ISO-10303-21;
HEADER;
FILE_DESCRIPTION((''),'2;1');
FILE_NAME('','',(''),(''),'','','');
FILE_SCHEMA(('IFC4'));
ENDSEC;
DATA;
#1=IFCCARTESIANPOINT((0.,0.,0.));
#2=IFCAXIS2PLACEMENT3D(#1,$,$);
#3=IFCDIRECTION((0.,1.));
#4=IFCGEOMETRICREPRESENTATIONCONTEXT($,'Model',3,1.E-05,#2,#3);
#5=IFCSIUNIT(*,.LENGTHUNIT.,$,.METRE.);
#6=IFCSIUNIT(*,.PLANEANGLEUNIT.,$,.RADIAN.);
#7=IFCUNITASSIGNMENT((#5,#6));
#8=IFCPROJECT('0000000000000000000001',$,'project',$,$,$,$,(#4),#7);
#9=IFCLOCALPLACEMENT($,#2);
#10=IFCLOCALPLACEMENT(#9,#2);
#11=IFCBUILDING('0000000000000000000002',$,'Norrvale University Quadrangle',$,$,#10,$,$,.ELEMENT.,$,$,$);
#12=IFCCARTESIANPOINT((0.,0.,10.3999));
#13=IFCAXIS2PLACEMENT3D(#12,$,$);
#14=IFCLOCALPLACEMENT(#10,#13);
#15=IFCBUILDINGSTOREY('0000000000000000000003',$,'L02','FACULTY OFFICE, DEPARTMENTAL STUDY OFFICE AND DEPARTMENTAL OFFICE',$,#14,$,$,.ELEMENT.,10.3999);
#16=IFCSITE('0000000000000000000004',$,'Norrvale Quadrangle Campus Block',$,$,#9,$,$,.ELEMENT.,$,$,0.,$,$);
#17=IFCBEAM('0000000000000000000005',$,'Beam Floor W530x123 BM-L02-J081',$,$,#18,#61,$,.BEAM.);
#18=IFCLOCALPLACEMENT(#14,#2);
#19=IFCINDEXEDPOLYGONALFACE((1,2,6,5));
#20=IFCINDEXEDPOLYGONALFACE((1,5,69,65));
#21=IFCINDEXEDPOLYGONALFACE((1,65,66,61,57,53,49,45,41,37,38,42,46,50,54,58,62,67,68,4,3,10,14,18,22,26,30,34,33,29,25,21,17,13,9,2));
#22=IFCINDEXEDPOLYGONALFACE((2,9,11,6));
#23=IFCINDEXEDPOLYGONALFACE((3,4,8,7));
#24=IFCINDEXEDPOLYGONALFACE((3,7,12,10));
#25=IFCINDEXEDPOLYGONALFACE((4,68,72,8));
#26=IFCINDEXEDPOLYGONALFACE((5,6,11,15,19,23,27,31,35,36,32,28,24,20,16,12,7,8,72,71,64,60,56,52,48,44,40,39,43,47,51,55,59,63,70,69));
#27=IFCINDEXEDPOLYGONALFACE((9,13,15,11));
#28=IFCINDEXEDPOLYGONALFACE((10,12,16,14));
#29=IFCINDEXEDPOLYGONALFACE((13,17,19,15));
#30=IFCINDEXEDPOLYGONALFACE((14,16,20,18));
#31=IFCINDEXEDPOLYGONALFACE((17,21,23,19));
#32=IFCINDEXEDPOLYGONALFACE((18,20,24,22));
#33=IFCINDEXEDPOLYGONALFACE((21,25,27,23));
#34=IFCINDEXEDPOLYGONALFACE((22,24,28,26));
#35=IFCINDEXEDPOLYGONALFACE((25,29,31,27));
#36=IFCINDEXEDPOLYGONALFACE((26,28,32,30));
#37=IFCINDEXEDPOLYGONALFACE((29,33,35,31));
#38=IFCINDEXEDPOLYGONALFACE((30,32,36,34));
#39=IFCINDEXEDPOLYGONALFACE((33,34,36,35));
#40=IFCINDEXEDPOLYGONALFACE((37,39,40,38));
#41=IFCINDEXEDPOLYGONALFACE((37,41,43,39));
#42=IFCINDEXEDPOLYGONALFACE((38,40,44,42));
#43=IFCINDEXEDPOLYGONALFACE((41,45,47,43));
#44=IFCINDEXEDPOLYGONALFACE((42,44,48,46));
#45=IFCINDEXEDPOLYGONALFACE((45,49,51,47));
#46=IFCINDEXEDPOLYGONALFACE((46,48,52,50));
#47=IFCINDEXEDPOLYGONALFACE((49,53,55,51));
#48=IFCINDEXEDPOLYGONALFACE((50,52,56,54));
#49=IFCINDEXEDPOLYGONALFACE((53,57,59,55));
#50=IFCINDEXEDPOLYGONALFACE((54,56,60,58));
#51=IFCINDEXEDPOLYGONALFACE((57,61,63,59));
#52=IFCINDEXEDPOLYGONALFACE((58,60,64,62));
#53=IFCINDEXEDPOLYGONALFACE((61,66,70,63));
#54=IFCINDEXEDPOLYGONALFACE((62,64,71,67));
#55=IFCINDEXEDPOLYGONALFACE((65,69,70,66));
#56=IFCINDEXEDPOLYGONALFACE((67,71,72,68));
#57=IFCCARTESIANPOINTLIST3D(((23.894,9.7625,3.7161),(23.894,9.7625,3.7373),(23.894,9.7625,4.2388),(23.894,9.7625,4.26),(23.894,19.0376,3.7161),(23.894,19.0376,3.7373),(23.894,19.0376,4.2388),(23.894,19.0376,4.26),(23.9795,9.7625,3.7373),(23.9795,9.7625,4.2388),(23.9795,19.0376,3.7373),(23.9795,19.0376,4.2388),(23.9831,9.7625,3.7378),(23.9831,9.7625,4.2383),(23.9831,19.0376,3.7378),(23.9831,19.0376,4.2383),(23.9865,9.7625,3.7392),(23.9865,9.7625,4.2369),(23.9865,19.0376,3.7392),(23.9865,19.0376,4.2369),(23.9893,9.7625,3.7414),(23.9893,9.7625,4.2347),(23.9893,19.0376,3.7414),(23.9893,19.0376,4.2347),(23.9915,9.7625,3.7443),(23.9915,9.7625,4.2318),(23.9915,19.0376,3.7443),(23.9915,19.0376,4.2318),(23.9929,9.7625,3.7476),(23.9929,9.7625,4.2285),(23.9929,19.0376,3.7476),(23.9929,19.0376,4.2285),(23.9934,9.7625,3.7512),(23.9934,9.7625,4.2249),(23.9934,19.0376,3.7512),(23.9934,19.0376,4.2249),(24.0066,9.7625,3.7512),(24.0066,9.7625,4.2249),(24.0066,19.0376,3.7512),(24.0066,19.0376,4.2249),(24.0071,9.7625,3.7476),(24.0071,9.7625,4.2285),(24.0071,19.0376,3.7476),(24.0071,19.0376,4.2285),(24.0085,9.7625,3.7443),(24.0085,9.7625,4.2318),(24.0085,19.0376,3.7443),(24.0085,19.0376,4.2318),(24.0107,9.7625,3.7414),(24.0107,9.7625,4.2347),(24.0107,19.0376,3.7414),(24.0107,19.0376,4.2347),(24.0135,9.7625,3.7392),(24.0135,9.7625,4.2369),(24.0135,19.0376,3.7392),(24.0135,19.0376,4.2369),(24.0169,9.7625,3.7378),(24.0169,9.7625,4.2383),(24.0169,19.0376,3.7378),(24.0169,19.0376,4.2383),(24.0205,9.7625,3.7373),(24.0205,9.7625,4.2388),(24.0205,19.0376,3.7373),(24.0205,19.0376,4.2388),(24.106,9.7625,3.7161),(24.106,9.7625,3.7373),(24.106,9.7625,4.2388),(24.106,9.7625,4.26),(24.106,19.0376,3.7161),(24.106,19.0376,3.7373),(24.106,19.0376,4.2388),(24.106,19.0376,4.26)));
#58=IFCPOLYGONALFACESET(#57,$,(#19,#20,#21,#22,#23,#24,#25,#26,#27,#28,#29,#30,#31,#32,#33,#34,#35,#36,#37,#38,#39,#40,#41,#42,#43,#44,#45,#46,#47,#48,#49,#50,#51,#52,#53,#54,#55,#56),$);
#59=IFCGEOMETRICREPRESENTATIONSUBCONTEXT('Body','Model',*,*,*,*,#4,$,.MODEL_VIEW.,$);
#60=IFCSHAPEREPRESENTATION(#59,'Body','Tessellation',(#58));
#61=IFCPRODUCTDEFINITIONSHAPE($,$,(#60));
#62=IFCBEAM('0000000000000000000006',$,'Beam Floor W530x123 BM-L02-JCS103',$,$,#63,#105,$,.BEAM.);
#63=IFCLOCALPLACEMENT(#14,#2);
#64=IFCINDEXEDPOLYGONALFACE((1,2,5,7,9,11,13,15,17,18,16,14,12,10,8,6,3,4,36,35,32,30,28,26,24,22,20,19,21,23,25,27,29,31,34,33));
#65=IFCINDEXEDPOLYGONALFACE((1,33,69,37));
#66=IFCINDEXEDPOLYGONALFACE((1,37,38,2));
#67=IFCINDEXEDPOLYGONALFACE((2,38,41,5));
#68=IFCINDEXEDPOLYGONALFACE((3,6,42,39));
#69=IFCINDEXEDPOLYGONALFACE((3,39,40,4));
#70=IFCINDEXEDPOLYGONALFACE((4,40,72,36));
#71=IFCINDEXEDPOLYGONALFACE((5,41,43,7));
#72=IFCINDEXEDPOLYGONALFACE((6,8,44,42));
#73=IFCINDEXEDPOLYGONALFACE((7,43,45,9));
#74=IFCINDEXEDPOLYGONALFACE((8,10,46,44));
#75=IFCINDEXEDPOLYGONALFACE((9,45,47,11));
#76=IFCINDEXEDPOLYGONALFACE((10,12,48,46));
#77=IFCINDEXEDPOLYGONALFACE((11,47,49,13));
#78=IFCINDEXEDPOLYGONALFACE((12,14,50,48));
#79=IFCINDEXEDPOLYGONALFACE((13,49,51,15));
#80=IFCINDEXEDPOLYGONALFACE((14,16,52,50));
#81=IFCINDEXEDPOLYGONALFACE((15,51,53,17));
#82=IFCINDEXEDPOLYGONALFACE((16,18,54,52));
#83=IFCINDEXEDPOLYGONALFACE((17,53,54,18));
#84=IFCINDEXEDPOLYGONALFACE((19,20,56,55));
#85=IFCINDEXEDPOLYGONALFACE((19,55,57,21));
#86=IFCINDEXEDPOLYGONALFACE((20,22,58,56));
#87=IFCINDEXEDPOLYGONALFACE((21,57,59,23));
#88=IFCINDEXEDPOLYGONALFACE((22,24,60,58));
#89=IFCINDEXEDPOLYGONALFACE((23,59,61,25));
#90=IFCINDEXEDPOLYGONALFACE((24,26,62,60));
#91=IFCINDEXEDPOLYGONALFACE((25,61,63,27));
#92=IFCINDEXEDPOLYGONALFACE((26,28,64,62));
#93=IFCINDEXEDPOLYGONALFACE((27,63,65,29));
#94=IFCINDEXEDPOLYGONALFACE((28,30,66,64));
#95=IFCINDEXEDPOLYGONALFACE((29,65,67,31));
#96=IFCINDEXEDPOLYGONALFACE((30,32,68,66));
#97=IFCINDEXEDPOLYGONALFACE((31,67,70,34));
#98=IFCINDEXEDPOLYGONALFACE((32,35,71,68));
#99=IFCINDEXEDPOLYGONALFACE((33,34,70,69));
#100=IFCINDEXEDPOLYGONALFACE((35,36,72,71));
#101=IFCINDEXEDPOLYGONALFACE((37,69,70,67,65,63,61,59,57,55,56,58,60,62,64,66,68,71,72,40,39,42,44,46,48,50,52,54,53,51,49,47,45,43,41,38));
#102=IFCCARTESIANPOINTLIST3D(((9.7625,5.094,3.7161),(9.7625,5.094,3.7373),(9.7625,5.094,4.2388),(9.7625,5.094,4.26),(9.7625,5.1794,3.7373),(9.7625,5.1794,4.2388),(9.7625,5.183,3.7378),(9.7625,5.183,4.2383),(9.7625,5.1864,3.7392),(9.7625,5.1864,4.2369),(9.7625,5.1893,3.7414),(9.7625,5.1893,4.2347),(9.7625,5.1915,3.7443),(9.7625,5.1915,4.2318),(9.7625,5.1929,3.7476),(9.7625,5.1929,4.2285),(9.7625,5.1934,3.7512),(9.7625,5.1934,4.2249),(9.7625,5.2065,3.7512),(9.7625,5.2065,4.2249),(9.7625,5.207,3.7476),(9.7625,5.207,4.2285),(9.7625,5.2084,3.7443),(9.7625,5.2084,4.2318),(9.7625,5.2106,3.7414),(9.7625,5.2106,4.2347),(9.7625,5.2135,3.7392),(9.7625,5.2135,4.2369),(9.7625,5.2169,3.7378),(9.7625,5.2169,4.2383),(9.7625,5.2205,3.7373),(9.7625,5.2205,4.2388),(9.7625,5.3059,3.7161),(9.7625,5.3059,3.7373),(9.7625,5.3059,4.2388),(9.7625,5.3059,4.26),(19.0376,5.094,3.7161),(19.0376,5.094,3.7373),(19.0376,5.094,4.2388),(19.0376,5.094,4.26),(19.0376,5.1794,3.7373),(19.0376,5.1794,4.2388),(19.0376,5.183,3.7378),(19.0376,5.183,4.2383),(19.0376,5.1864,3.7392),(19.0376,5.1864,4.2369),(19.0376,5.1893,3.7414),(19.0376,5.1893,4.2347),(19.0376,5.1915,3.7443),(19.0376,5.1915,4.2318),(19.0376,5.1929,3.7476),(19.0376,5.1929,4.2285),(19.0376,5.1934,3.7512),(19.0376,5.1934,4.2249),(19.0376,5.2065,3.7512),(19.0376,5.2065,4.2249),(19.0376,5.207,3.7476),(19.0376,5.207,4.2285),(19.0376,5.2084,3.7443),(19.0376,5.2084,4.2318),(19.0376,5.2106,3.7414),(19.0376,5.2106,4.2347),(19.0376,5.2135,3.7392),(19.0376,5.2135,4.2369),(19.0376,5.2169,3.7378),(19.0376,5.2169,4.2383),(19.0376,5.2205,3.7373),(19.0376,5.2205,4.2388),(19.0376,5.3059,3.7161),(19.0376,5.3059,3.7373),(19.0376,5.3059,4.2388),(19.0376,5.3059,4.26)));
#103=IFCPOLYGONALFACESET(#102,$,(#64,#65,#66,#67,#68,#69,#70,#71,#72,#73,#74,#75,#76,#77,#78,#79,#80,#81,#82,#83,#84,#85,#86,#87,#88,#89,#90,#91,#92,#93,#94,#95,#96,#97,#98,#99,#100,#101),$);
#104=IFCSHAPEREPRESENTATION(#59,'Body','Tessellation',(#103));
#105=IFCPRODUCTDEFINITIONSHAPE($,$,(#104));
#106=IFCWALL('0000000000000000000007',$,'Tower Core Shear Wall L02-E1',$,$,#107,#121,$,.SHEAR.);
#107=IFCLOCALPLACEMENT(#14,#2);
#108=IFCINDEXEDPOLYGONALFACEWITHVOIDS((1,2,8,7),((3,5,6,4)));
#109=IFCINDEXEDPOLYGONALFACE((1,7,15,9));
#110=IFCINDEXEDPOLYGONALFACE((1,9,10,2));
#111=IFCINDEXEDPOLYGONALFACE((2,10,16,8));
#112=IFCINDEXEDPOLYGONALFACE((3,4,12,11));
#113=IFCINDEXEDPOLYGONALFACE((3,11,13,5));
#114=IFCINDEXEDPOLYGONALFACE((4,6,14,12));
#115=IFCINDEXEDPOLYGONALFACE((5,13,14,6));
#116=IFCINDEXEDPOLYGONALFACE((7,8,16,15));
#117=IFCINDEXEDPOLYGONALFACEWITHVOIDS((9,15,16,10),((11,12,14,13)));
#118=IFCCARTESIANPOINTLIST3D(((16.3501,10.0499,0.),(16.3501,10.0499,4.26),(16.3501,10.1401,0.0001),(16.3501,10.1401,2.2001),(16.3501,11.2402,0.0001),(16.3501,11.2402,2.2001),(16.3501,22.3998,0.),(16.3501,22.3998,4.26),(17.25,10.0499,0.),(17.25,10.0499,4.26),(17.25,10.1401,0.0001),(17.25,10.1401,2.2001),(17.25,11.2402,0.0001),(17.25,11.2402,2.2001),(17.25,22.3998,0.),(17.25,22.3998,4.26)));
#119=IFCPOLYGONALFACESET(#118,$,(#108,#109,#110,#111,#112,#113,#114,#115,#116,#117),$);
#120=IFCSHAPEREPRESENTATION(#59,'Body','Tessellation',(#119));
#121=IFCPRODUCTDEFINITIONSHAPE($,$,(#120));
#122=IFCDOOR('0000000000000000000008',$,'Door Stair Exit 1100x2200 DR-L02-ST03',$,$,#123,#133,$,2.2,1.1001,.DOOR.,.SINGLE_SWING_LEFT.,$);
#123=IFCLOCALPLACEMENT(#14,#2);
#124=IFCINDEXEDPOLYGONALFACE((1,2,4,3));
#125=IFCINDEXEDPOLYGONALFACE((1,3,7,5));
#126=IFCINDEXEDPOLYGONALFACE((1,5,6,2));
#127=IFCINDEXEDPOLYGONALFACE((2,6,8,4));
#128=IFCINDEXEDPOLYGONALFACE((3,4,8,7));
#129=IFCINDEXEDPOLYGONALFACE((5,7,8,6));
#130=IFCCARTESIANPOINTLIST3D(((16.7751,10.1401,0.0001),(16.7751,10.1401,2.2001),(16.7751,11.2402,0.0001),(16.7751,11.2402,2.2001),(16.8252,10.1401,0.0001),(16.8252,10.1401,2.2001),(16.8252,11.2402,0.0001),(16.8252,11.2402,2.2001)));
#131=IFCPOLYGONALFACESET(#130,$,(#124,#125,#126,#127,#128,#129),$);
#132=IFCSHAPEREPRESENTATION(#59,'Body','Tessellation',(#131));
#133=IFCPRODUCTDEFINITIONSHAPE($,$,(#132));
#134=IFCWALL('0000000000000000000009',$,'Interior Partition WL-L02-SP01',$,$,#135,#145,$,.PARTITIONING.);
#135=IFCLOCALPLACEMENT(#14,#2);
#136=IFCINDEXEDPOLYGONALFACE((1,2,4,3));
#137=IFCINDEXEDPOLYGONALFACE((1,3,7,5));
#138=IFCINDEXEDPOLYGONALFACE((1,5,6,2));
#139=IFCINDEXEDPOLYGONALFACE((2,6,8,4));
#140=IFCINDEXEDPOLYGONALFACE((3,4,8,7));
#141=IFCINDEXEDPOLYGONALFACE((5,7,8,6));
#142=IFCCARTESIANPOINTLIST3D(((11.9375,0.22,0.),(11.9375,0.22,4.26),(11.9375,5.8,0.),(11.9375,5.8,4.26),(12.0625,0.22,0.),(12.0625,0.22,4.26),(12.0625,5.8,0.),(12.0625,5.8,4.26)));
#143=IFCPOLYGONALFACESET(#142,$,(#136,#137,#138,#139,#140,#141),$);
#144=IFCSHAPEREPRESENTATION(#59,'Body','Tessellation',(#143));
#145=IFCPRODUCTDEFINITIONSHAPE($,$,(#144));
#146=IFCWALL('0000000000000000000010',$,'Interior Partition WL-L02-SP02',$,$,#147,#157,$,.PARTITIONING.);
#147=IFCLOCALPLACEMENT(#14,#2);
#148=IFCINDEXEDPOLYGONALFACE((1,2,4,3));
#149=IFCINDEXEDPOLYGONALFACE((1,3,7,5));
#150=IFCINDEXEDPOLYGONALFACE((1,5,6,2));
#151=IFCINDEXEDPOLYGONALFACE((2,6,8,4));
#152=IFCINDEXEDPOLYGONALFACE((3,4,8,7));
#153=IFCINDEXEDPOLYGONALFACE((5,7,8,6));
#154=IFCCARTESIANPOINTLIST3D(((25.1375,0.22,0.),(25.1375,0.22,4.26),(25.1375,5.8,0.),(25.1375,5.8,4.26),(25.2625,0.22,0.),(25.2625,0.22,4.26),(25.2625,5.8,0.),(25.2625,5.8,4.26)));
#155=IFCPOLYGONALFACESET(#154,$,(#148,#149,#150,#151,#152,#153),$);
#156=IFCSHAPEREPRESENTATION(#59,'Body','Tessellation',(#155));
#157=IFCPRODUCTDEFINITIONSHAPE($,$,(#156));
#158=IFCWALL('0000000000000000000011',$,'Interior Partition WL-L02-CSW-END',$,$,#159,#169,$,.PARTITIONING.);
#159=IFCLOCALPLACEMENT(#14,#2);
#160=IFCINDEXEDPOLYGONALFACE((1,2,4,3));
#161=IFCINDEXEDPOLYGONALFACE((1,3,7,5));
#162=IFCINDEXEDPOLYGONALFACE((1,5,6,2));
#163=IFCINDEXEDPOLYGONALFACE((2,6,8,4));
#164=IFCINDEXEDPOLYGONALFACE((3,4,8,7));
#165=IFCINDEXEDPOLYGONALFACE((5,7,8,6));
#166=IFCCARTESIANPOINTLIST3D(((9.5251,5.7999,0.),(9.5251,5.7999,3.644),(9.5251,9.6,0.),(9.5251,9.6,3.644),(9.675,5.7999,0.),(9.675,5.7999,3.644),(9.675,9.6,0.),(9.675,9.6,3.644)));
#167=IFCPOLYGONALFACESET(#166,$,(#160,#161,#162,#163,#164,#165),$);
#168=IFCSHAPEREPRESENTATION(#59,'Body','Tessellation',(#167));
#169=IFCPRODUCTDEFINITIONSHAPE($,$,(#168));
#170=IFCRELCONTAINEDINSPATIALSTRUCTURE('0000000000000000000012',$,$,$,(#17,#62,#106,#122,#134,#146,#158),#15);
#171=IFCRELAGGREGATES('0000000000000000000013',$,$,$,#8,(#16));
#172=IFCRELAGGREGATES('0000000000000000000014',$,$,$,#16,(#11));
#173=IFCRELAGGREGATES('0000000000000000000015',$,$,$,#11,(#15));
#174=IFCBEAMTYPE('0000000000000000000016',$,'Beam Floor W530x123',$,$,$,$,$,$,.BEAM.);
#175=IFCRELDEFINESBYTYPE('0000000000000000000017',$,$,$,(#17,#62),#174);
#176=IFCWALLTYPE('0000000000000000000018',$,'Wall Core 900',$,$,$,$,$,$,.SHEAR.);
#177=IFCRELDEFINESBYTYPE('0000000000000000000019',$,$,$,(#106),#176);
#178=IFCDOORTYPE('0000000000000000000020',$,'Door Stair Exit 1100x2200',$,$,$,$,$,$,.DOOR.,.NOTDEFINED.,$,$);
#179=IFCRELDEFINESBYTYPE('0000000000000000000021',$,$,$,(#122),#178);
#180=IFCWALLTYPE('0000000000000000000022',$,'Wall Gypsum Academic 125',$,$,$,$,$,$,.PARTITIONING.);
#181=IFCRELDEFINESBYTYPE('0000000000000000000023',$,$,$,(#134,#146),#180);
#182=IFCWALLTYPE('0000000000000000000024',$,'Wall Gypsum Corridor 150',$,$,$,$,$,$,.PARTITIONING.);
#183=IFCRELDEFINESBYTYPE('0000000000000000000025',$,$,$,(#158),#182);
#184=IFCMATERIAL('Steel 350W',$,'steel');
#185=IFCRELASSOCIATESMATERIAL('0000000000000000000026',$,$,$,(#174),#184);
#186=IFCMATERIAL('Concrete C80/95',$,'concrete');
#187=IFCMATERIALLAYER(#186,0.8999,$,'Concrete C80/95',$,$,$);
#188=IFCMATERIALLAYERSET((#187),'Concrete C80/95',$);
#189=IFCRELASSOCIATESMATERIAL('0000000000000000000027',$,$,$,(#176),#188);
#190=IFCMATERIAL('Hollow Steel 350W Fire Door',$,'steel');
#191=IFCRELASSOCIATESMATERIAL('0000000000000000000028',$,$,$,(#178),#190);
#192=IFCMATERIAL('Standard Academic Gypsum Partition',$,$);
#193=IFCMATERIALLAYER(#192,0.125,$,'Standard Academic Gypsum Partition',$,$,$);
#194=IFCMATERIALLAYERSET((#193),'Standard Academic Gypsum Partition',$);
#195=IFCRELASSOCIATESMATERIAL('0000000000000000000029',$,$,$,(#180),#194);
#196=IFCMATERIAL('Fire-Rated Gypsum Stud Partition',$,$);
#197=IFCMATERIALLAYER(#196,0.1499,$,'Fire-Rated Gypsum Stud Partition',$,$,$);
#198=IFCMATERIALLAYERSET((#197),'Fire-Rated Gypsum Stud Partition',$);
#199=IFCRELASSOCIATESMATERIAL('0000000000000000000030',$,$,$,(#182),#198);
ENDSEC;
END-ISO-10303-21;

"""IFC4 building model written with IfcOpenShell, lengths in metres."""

from ifc_helpers import new_model, si_unit, direction, frame, frame_2d, origin, origin_2d, place, context, subcontext, project, spatial, rectangle, i_section, extrude, material, layer, layer_set, material_profile, profile_set, type_object, element, fill, save


model = new_model("IFC4")

# Units and contexts
model_context = context("Model", 3, precision=1e-05, world=origin(), true_north=direction((0.0, 1.0)))
body_context = subcontext(model_context, "Body", "Model", "MODEL_VIEW")
ifc_project = project(units=[si_unit("LENGTHUNIT", "METRE"), si_unit("PLANEANGLEUNIT", "RADIAN")], contexts=[model_context])

# Site, building, storey
site_placement = place(None, origin())
site = spatial("IfcSite", under=ifc_project, at=site_placement, Name="Norrvale Quadrangle Campus Block", CompositionType="ELEMENT", RefElevation=0.0)
building_placement = place(site_placement, origin())
building = spatial("IfcBuilding", under=site, at=building_placement, Name="Norrvale University Quadrangle", CompositionType="ELEMENT")
storey_placement = place(building_placement, frame((0.0, 0.0, 10.3999)))
storey = spatial("IfcBuildingStorey", under=building, at=storey_placement, Name="L02", Description="FACULTY OFFICE, DEPARTMENTAL STUDY OFFICE AND DEPARTMENTAL OFFICE", CompositionType="ELEMENT", Elevation=10.3999)

# Shared definitions
ifc_material_1 = material(Name="Concrete C80/95", Category="concrete")

# Beams
ifc_material_2 = material(Name="Steel 350W", Category="steel")
ifc_material_profile_1 = material_profile(ifc_material_2, i_section(OverallWidth=0.2119, OverallDepth=0.5439, WebThickness=0.0132, FlangeThickness=0.0212, FilletRadius=0.0139, at=origin_2d()), Name="Steel 350W")
ifc_profile_set_1 = profile_set([ifc_material_profile_1], Name="Steel 350W")
beam_type_1 = type_object("IfcBeamType", Name="Beam Floor W530x123", PredefinedType="BEAM", material=ifc_profile_set_1)
for number, where, z_axis, x_axis, name in (
    (1, (24.0, 9.7625, 3.988), (0.0, 1.0, 0.0), (-1.0, 0.0, 0.0), "Beam Floor W530x123 BM-L02-J081"),
    (2, (9.7625, 5.2, 3.988), (1.0, 0.0, 0.0), (0.0, 1.0, 0.0), "Beam Floor W530x123 BM-L02-JCS103"),
):
    element("IfcBeam", number, at=place(storey_placement, frame(where, z_axis=z_axis, x_axis=x_axis)), inside=storey, type_object=beam_type_1, Name=name, PredefinedType="BEAM", context=body_context, shape_type="SweptSolid", body=[
        extrude(i_section(OverallWidth=0.2119, OverallDepth=0.5439, WebThickness=0.0132, FlangeThickness=0.0212, FilletRadius=0.0139, at=origin_2d()), origin(), (0.0, 0.0, 1.0), 9.2751),
    ])

# Wall, opening, door
ifc_layer_1 = layer(ifc_material_1, 0.8999, Name="Concrete C80/95")
ifc_layer_set_1 = layer_set([ifc_layer_1], Name="Concrete C80/95")
wall_type_1 = type_object("IfcWallType", Name="Wall Core 900", PredefinedType="SHEAR", material=ifc_layer_set_1)
wall_1_placement = place(storey_placement, frame((16.8, 10.05, 0.0), z_axis=(0.0, 0.0, 1.0), x_axis=(0.0, 1.0, 0.0)))
wall_1 = element("IfcWall", 3, at=wall_1_placement, inside=storey, type_object=wall_type_1, Name="Tower Core Shear Wall L02-E1", PredefinedType="SHEAR", context=body_context, shape_type="SweptSolid", body=[
    extrude(rectangle(XDim=12.3499, YDim=0.8999, at=frame_2d((6.1748, 0.0))), origin(), (0.0, 0.0, 1.0), 4.26),
])
opening_1_placement = place(wall_1_placement, frame((0.0901, 0.0, 0.0)))
opening_1 = element("IfcOpeningElement", 4, at=opening_1_placement, cuts=wall_1, PredefinedType="OPENING", context=body_context, shape_type="SweptSolid", body=[
    extrude(rectangle(XDim=1.1001, YDim=2.2, at=frame_2d((0.55, 1.1001))), frame((0.0, 0.4619, 0.0), z_axis=(0.0, -1.0, 0.0), x_axis=(1.0, 0.0, 0.0)), (0.0, 0.0, 1.0), 0.9238),
])
ifc_material_3 = material(Name="Hollow Steel 350W Fire Door", Category="steel")
door_type_1 = type_object("IfcDoorType", Name="Door Stair Exit 1100x2200", OperationType="NOTDEFINED", PredefinedType="DOOR", material=ifc_material_3)
door_1_placement = place(opening_1_placement, origin())
door_1 = element("IfcDoor", 5, at=door_1_placement, inside=storey, type_object=door_type_1, Name="Door Stair Exit 1100x2200 DR-L02-ST03", OperationType="SINGLE_SWING_LEFT", OverallHeight=2.2, OverallWidth=1.1001, PredefinedType="DOOR", context=body_context, shape_type="SweptSolid", body=[
    extrude(rectangle(XDim=1.1001, YDim=2.2, at=frame_2d((0.55, 1.1001))), frame((0.0, 0.0249, 0.0), z_axis=(0.0, -1.0, 0.0), x_axis=(1.0, 0.0, 0.0)), (0.0, 0.0, 1.0), 0.05),
])
fill(opening_1, door_1)

# Walls
ifc_material_4 = material(Name="Standard Academic Gypsum Partition")
ifc_layer_2 = layer(ifc_material_4, 0.125, Name="Standard Academic Gypsum Partition")
ifc_layer_set_2 = layer_set([ifc_layer_2], Name="Standard Academic Gypsum Partition")
wall_type_2 = type_object("IfcWallType", Name="Wall Gypsum Academic 125", PredefinedType="PARTITIONING", material=ifc_layer_set_2)
for number, where, z_axis, x_axis, name in (
    (6, (12.0, 0.22, 0.0), (0.0, 0.0, 1.0), (0.0, 1.0, 0.0), "Interior Partition WL-L02-SP01"),
    (7, (25.2, 0.22, 0.0), (0.0, 0.0, 1.0), (0.0, 1.0, 0.0), "Interior Partition WL-L02-SP02"),
):
    element("IfcWall", number, at=place(storey_placement, frame(where, z_axis=z_axis, x_axis=x_axis)), inside=storey, type_object=wall_type_2, Name=name, PredefinedType="PARTITIONING", context=body_context, shape_type="SweptSolid", body=[
        extrude(rectangle(XDim=5.5801, YDim=0.125, at=frame_2d((2.79, 0.0))), origin(), (0.0, 0.0, 1.0), 4.26),
    ])
ifc_material_5 = material(Name="Fire-Rated Gypsum Stud Partition")
ifc_layer_3 = layer(ifc_material_5, 0.1499, Name="Fire-Rated Gypsum Stud Partition")
ifc_layer_set_3 = layer_set([ifc_layer_3], Name="Fire-Rated Gypsum Stud Partition")
wall_type_3 = type_object("IfcWallType", Name="Wall Gypsum Corridor 150", PredefinedType="PARTITIONING", material=ifc_layer_set_3)
wall_2_placement = place(storey_placement, frame((9.6001, 5.8, 0.0), z_axis=(0.0, 0.0, 1.0), x_axis=(0.0, 1.0, 0.0)))
element("IfcWall", 8, at=wall_2_placement, inside=storey, type_object=wall_type_3, Name="Interior Partition WL-L02-CSW-END", PredefinedType="PARTITIONING", context=body_context, shape_type="SweptSolid", body=[
    extrude(rectangle(XDim=3.8, YDim=0.1499, at=frame_2d((1.8999, 0.0))), origin(), (0.0, 0.0, 1.0), 3.644),
])

save(model, "model.ifc")
